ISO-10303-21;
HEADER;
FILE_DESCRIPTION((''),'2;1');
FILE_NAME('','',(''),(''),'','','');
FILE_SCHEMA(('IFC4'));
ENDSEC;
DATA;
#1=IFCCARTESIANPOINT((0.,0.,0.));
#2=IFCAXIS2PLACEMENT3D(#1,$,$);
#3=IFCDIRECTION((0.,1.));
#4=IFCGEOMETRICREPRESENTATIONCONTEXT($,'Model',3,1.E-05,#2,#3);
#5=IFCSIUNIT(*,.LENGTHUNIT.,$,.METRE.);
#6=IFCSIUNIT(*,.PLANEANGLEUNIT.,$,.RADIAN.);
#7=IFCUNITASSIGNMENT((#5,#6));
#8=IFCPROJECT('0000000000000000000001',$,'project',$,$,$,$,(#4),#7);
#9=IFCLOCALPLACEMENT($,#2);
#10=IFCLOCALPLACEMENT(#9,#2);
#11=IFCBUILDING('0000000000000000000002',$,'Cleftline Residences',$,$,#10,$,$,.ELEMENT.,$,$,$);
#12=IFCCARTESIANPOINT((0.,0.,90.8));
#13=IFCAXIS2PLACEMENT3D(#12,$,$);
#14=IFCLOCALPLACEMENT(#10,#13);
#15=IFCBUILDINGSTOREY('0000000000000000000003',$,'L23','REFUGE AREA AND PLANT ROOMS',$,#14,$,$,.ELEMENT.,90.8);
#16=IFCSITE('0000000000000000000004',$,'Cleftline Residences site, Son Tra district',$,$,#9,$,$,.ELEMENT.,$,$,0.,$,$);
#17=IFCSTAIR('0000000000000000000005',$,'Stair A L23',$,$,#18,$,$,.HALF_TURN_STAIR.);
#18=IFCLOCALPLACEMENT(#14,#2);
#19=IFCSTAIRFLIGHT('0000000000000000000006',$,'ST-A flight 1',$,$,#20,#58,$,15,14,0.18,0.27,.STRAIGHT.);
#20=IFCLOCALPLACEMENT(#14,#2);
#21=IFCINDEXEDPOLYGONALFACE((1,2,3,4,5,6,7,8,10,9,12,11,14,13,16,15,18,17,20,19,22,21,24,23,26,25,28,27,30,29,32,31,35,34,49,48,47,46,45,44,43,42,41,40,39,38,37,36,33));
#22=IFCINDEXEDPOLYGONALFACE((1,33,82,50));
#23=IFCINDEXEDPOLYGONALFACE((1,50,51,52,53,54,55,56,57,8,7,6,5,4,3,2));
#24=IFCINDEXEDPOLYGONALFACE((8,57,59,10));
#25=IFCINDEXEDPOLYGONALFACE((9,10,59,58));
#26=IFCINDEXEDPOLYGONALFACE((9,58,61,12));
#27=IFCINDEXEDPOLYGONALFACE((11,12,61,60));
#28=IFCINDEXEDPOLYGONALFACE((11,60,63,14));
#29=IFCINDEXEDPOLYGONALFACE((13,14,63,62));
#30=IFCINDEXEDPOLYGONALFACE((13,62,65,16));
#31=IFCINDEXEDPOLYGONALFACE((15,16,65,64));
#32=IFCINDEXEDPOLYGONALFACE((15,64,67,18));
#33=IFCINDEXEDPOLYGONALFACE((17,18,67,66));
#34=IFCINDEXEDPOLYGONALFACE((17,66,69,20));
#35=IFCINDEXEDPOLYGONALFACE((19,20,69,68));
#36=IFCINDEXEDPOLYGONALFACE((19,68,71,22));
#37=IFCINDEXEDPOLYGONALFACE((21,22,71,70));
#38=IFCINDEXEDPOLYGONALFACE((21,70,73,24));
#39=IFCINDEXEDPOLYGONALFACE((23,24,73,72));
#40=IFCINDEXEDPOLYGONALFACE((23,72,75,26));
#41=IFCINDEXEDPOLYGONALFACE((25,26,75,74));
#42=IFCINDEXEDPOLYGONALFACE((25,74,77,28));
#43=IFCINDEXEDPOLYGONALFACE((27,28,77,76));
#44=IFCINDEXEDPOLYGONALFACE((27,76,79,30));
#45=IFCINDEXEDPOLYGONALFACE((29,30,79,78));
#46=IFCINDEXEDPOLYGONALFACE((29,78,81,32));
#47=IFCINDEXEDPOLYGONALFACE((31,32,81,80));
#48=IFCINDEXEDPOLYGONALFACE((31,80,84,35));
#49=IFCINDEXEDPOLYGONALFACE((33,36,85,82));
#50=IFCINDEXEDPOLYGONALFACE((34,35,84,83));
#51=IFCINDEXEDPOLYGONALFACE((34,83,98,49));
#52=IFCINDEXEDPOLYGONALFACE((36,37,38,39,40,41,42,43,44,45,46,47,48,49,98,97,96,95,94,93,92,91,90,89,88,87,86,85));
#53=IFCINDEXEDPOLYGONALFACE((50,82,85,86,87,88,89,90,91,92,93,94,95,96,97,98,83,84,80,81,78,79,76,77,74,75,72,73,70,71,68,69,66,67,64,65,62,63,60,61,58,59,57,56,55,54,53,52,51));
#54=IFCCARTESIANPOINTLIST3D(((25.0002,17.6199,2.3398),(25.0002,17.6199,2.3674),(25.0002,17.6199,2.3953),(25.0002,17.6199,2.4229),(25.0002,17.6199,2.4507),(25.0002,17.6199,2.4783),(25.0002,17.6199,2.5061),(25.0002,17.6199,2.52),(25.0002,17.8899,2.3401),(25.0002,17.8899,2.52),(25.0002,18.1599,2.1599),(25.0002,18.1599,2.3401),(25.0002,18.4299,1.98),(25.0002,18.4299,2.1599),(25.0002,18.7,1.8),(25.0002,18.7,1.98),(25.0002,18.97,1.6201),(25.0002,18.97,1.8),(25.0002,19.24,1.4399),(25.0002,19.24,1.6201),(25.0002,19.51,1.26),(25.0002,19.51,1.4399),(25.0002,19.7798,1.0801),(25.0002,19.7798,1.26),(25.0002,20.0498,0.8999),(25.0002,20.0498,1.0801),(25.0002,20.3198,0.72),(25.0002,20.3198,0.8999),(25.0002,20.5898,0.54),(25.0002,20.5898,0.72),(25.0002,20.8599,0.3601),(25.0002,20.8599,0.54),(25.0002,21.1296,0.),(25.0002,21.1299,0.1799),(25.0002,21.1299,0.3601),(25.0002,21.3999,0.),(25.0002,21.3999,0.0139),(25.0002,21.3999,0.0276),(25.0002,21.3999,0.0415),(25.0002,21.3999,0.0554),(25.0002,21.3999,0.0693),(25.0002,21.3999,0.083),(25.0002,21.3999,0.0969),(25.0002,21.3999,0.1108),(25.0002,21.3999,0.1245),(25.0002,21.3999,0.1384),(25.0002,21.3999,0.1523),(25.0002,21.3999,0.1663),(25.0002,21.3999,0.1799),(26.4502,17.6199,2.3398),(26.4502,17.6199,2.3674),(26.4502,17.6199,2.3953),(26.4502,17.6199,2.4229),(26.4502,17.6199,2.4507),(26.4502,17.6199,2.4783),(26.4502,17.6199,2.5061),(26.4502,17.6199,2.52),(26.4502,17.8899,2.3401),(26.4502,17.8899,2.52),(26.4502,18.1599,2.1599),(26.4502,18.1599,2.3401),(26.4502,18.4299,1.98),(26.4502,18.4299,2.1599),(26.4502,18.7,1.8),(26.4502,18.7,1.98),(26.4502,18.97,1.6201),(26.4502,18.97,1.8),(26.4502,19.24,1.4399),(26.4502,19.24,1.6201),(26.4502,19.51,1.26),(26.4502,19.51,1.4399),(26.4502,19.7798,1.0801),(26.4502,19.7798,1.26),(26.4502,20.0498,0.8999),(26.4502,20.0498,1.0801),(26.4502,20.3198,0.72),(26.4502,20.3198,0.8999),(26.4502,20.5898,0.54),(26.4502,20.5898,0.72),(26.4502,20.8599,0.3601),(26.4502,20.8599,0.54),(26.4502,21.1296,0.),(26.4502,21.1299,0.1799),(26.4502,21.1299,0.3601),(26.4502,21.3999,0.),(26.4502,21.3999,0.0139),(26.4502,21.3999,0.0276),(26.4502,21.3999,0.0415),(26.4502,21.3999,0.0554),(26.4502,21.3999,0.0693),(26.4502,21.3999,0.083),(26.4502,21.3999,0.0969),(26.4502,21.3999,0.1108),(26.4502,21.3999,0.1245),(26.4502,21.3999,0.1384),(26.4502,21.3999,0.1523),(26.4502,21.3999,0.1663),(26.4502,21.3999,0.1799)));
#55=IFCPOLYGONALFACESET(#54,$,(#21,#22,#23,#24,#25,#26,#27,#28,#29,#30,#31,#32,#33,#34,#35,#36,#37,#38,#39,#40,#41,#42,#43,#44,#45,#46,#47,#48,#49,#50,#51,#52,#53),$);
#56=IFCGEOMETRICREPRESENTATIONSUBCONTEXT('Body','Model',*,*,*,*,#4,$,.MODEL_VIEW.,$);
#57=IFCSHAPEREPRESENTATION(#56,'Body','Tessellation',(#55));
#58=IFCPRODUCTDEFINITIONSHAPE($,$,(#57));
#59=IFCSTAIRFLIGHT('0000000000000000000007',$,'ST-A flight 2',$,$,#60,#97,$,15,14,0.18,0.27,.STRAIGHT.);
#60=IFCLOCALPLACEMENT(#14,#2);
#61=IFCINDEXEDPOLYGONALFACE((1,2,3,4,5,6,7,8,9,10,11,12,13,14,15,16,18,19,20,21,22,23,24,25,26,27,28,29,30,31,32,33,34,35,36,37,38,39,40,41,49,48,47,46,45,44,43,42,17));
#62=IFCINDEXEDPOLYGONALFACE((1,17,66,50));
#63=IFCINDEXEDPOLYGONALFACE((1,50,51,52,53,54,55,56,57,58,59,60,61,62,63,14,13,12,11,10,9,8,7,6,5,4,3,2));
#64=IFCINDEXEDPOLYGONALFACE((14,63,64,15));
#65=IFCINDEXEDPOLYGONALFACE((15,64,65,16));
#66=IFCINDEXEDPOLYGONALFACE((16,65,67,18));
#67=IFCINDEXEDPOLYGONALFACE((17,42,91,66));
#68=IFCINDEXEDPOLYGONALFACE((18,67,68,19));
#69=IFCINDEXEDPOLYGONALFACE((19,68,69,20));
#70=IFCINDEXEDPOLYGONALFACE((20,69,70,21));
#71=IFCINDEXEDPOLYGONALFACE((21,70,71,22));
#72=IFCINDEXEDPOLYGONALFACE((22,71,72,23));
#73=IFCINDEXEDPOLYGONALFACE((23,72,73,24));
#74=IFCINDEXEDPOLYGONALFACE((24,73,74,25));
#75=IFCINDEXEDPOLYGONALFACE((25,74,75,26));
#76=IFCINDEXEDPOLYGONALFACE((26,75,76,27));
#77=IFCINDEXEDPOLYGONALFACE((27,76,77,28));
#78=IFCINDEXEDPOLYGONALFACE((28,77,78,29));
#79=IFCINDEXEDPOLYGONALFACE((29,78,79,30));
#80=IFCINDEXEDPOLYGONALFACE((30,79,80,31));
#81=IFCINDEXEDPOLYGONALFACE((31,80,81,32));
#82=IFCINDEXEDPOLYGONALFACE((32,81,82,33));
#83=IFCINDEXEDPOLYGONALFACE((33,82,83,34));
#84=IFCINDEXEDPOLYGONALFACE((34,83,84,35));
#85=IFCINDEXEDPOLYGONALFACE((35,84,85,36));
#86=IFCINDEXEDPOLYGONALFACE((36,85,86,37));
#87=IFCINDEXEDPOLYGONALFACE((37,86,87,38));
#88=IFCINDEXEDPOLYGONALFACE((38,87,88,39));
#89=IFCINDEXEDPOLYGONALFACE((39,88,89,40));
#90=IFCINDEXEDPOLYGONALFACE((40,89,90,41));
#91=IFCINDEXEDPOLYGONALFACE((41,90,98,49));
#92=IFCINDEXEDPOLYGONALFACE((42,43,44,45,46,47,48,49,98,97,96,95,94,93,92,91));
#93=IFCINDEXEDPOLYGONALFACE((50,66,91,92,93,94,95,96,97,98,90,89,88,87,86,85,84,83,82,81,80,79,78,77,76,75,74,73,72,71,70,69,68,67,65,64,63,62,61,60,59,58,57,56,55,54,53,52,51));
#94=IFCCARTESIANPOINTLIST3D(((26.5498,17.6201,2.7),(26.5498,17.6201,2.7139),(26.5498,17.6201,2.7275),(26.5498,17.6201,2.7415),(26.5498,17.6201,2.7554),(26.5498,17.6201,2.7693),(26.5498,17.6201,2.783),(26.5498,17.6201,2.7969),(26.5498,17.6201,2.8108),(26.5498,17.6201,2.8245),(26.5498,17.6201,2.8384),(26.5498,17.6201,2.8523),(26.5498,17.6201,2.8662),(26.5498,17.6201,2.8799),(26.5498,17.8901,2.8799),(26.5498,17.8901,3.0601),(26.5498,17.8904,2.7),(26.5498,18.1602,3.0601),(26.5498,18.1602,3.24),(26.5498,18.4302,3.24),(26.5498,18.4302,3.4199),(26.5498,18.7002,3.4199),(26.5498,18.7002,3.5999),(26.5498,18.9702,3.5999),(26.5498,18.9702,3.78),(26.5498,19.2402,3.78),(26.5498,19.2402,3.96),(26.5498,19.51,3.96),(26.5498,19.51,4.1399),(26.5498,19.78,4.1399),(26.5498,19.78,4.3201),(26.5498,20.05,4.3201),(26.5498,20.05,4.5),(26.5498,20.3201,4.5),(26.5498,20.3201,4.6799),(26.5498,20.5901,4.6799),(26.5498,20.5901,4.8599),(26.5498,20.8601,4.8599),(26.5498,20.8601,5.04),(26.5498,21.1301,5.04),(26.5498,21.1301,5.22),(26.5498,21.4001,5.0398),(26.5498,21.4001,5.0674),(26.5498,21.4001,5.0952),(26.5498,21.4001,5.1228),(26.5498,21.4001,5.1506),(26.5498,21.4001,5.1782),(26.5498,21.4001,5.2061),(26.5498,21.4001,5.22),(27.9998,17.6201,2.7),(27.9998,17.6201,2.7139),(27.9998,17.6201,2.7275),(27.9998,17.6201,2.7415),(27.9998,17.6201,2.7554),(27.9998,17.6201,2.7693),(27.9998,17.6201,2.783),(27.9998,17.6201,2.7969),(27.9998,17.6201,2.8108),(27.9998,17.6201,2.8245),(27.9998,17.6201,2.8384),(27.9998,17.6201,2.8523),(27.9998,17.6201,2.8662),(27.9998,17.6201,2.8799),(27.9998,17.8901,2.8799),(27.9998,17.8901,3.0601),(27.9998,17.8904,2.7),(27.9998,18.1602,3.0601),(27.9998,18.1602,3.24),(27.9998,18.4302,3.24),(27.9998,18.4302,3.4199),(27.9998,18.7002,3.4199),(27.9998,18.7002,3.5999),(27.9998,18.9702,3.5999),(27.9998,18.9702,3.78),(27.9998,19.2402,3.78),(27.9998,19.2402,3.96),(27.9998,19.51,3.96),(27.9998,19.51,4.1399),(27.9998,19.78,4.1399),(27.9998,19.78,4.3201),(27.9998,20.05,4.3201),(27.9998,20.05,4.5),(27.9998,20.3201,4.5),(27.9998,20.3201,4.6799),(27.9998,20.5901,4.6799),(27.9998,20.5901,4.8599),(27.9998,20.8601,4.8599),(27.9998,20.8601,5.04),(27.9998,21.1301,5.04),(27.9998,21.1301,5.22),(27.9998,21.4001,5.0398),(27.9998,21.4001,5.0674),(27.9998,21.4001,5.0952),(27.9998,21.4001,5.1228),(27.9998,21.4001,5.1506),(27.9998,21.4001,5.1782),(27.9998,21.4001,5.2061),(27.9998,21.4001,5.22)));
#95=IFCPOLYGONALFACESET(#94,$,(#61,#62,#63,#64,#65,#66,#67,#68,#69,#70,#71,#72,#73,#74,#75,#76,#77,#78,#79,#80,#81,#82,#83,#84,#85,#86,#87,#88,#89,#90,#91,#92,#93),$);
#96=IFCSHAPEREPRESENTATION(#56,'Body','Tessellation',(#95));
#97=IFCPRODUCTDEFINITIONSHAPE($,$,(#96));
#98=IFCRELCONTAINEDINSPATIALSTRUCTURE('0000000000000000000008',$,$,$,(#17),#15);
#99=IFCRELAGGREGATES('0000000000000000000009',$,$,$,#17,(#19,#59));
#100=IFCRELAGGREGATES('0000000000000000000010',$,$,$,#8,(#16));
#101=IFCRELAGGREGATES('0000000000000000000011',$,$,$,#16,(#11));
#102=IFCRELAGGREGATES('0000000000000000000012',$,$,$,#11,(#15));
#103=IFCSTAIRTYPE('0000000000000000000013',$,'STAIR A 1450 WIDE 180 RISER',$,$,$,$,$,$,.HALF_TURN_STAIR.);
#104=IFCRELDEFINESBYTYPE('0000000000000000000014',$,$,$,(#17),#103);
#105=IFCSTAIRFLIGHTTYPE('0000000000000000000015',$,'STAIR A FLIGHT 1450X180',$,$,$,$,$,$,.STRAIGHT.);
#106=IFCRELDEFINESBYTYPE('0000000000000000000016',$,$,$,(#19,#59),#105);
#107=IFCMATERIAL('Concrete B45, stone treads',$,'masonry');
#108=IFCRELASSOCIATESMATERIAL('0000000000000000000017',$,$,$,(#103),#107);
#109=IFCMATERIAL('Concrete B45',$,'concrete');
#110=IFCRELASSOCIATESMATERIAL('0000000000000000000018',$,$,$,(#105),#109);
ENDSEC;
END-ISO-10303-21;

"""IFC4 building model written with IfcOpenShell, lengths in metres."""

from ifc_helpers import new_model, si_unit, direction, frame, origin, place, context, subcontext, project, spatial, polyline, outline, extrude, material, type_object, element, aggregate, save


model = new_model("IFC4")

# Units and contexts
model_context = context("Model", 3, precision=1e-05, world=origin(), true_north=direction((0.0, 1.0)))
body_context = subcontext(model_context, "Body", "Model", "MODEL_VIEW")
ifc_project = project(units=[si_unit("LENGTHUNIT", "METRE"), si_unit("PLANEANGLEUNIT", "RADIAN")], contexts=[model_context])

# Site, building, storey
site_placement = place(None, origin())
site = spatial("IfcSite", under=ifc_project, at=site_placement, Name="Cleftline Residences site, Son Tra district", CompositionType="ELEMENT", RefElevation=0.0)
building_placement = place(site_placement, origin())
building = spatial("IfcBuilding", under=site, at=building_placement, Name="Cleftline Residences", CompositionType="ELEMENT")
storey_placement = place(building_placement, frame((0.0, 0.0, 90.8)))
storey = spatial("IfcBuildingStorey", under=building, at=storey_placement, Name="L23", Description="REFUGE AREA AND PLANT ROOMS", CompositionType="ELEMENT", Elevation=90.8)

# Stair, stair flights
ifc_material_1 = material(Name="Concrete B45, stone treads", Category="masonry")
stair_type = type_object("IfcStairType", Name="STAIR A 1450 WIDE 180 RISER", PredefinedType="HALF_TURN_STAIR", material=ifc_material_1)
stair_placement = place(storey_placement, origin())
stair = element("IfcStair", 1, at=stair_placement, inside=storey, type_object=stair_type, Name="Stair A L23", PredefinedType="HALF_TURN_STAIR")
ifc_material_2 = material(Name="Concrete B45", Category="concrete")
stair_flight_type = type_object("IfcStairFlightType", Name="STAIR A FLIGHT 1450X180", PredefinedType="STRAIGHT", material=ifc_material_2)
stair_flight_1_placement = place(storey_placement, frame((25.7251, 21.3999, 0.0), z_axis=(0.0, 0.0, 1.0), x_axis=(0.0, -1.0, 0.0)))
stair_flight_1 = element("IfcStairFlight", 2, at=stair_flight_1_placement, type_object=stair_flight_type, Name="ST-A flight 1", NumberOfRisers=15, NumberOfTreads=14, PredefinedType="STRAIGHT", RiserHeight=0.18, TreadLength=0.27, context=body_context, shape_type="SweptSolid", body=[
    extrude(outline(polyline([(0.0, 0.0), (0.0, 0.0139), (0.0, 0.0276), (0.0, 0.0415), (0.0, 0.0554), (0.0, 0.0693), (0.0, 0.083), (0.0, 0.0969), (0.0, 0.1108), (0.0, 0.1245), (0.0, 0.1384), (0.0, 0.1523), (0.0, 0.1663), (0.0, 0.1799), (0.27, 0.1799), (0.27, 0.3601), (0.54, 0.3601), (0.54, 0.54), (0.8101, 0.54), (0.8101, 0.72), (1.0801, 0.72), (1.0801, 0.8999), (1.3501, 0.8999), (1.3501, 1.0801), (1.6201, 1.0801), (1.6201, 1.26), (1.8899, 1.26), (1.8899, 1.4399), (2.1599, 1.4399), (2.1599, 1.6201), (2.4299, 1.6201), (2.4299, 1.8), (2.7, 1.8), (2.7, 1.98), (2.97, 1.98), (2.97, 2.1599), (3.24, 2.1599), (3.24, 2.3401), (3.51, 2.3401), (3.51, 2.52), (3.78, 2.52), (3.78, 2.7), (3.78, 2.6724), (3.78, 2.6445), (3.78, 2.6169), (3.78, 2.5891), (3.78, 2.5615), (3.78, 2.5337), (3.78, 2.5061), (3.78, 2.4783), (3.78, 2.4507), (3.78, 2.4229), (3.78, 2.3953), (3.78, 2.3674), (3.78, 2.3398), (0.2703, 0.0), (0.0, 0.0)])), frame((0.0, 0.7251, 0.0), z_axis=(0.0, -1.0, 0.0), x_axis=(1.0, 0.0, 0.0)), (0.0, 0.0, 1.0), 1.45),
])
stair_flight_2_placement = place(storey_placement, frame((27.2749, 17.6201, 2.7), z_axis=(0.0, 0.0, 1.0), x_axis=(0.0, 1.0, 0.0)))
stair_flight_2 = element("IfcStairFlight", 3, at=stair_flight_2_placement, type_object=stair_flight_type, Name="ST-A flight 2", NumberOfRisers=15, NumberOfTreads=14, PredefinedType="STRAIGHT", RiserHeight=0.18, TreadLength=0.27, context=body_context, shape_type="SweptSolid", body=[
    extrude(outline(polyline([(0.0, 0.0), (0.0, 0.0139), (0.0, 0.0276), (0.0, 0.0415), (0.0, 0.0554), (0.0, 0.0693), (0.0, 0.083), (0.0, 0.0969), (0.0, 0.1108), (0.0, 0.1245), (0.0, 0.1384), (0.0, 0.1523), (0.0, 0.1663), (0.0, 0.1799), (0.27, 0.1799), (0.27, 0.3601), (0.54, 0.3601), (0.54, 0.54), (0.8101, 0.54), (0.8101, 0.72), (1.0801, 0.72), (1.0801, 0.8999), (1.3501, 0.8999), (1.3501, 1.0801), (1.6201, 1.0801), (1.6201, 1.26), (1.8899, 1.26), (1.8899, 1.4399), (2.1599, 1.4399), (2.1599, 1.6201), (2.4299, 1.6201), (2.4299, 1.8), (2.7, 1.8), (2.7, 1.98), (2.97, 1.98), (2.97, 2.1599), (3.24, 2.1599), (3.24, 2.3401), (3.51, 2.3401), (3.51, 2.52), (3.78, 2.52), (3.78, 2.7), (3.78, 2.6724), (3.78, 2.6445), (3.78, 2.6169), (3.78, 2.5891), (3.78, 2.5615), (3.78, 2.5337), (3.78, 2.5061), (3.78, 2.4783), (3.78, 2.4507), (3.78, 2.4229), (3.78, 2.3953), (3.78, 2.3674), (3.78, 2.3398), (0.2703, 0.0), (0.0, 0.0)])), frame((0.0, 0.7251, 0.0), z_axis=(0.0, -1.0, 0.0), x_axis=(1.0, 0.0, 0.0)), (0.0, 0.0, 1.0), 1.45),
])
aggregate(stair, [stair_flight_1, stair_flight_2])

save(model, "model.ifc")
